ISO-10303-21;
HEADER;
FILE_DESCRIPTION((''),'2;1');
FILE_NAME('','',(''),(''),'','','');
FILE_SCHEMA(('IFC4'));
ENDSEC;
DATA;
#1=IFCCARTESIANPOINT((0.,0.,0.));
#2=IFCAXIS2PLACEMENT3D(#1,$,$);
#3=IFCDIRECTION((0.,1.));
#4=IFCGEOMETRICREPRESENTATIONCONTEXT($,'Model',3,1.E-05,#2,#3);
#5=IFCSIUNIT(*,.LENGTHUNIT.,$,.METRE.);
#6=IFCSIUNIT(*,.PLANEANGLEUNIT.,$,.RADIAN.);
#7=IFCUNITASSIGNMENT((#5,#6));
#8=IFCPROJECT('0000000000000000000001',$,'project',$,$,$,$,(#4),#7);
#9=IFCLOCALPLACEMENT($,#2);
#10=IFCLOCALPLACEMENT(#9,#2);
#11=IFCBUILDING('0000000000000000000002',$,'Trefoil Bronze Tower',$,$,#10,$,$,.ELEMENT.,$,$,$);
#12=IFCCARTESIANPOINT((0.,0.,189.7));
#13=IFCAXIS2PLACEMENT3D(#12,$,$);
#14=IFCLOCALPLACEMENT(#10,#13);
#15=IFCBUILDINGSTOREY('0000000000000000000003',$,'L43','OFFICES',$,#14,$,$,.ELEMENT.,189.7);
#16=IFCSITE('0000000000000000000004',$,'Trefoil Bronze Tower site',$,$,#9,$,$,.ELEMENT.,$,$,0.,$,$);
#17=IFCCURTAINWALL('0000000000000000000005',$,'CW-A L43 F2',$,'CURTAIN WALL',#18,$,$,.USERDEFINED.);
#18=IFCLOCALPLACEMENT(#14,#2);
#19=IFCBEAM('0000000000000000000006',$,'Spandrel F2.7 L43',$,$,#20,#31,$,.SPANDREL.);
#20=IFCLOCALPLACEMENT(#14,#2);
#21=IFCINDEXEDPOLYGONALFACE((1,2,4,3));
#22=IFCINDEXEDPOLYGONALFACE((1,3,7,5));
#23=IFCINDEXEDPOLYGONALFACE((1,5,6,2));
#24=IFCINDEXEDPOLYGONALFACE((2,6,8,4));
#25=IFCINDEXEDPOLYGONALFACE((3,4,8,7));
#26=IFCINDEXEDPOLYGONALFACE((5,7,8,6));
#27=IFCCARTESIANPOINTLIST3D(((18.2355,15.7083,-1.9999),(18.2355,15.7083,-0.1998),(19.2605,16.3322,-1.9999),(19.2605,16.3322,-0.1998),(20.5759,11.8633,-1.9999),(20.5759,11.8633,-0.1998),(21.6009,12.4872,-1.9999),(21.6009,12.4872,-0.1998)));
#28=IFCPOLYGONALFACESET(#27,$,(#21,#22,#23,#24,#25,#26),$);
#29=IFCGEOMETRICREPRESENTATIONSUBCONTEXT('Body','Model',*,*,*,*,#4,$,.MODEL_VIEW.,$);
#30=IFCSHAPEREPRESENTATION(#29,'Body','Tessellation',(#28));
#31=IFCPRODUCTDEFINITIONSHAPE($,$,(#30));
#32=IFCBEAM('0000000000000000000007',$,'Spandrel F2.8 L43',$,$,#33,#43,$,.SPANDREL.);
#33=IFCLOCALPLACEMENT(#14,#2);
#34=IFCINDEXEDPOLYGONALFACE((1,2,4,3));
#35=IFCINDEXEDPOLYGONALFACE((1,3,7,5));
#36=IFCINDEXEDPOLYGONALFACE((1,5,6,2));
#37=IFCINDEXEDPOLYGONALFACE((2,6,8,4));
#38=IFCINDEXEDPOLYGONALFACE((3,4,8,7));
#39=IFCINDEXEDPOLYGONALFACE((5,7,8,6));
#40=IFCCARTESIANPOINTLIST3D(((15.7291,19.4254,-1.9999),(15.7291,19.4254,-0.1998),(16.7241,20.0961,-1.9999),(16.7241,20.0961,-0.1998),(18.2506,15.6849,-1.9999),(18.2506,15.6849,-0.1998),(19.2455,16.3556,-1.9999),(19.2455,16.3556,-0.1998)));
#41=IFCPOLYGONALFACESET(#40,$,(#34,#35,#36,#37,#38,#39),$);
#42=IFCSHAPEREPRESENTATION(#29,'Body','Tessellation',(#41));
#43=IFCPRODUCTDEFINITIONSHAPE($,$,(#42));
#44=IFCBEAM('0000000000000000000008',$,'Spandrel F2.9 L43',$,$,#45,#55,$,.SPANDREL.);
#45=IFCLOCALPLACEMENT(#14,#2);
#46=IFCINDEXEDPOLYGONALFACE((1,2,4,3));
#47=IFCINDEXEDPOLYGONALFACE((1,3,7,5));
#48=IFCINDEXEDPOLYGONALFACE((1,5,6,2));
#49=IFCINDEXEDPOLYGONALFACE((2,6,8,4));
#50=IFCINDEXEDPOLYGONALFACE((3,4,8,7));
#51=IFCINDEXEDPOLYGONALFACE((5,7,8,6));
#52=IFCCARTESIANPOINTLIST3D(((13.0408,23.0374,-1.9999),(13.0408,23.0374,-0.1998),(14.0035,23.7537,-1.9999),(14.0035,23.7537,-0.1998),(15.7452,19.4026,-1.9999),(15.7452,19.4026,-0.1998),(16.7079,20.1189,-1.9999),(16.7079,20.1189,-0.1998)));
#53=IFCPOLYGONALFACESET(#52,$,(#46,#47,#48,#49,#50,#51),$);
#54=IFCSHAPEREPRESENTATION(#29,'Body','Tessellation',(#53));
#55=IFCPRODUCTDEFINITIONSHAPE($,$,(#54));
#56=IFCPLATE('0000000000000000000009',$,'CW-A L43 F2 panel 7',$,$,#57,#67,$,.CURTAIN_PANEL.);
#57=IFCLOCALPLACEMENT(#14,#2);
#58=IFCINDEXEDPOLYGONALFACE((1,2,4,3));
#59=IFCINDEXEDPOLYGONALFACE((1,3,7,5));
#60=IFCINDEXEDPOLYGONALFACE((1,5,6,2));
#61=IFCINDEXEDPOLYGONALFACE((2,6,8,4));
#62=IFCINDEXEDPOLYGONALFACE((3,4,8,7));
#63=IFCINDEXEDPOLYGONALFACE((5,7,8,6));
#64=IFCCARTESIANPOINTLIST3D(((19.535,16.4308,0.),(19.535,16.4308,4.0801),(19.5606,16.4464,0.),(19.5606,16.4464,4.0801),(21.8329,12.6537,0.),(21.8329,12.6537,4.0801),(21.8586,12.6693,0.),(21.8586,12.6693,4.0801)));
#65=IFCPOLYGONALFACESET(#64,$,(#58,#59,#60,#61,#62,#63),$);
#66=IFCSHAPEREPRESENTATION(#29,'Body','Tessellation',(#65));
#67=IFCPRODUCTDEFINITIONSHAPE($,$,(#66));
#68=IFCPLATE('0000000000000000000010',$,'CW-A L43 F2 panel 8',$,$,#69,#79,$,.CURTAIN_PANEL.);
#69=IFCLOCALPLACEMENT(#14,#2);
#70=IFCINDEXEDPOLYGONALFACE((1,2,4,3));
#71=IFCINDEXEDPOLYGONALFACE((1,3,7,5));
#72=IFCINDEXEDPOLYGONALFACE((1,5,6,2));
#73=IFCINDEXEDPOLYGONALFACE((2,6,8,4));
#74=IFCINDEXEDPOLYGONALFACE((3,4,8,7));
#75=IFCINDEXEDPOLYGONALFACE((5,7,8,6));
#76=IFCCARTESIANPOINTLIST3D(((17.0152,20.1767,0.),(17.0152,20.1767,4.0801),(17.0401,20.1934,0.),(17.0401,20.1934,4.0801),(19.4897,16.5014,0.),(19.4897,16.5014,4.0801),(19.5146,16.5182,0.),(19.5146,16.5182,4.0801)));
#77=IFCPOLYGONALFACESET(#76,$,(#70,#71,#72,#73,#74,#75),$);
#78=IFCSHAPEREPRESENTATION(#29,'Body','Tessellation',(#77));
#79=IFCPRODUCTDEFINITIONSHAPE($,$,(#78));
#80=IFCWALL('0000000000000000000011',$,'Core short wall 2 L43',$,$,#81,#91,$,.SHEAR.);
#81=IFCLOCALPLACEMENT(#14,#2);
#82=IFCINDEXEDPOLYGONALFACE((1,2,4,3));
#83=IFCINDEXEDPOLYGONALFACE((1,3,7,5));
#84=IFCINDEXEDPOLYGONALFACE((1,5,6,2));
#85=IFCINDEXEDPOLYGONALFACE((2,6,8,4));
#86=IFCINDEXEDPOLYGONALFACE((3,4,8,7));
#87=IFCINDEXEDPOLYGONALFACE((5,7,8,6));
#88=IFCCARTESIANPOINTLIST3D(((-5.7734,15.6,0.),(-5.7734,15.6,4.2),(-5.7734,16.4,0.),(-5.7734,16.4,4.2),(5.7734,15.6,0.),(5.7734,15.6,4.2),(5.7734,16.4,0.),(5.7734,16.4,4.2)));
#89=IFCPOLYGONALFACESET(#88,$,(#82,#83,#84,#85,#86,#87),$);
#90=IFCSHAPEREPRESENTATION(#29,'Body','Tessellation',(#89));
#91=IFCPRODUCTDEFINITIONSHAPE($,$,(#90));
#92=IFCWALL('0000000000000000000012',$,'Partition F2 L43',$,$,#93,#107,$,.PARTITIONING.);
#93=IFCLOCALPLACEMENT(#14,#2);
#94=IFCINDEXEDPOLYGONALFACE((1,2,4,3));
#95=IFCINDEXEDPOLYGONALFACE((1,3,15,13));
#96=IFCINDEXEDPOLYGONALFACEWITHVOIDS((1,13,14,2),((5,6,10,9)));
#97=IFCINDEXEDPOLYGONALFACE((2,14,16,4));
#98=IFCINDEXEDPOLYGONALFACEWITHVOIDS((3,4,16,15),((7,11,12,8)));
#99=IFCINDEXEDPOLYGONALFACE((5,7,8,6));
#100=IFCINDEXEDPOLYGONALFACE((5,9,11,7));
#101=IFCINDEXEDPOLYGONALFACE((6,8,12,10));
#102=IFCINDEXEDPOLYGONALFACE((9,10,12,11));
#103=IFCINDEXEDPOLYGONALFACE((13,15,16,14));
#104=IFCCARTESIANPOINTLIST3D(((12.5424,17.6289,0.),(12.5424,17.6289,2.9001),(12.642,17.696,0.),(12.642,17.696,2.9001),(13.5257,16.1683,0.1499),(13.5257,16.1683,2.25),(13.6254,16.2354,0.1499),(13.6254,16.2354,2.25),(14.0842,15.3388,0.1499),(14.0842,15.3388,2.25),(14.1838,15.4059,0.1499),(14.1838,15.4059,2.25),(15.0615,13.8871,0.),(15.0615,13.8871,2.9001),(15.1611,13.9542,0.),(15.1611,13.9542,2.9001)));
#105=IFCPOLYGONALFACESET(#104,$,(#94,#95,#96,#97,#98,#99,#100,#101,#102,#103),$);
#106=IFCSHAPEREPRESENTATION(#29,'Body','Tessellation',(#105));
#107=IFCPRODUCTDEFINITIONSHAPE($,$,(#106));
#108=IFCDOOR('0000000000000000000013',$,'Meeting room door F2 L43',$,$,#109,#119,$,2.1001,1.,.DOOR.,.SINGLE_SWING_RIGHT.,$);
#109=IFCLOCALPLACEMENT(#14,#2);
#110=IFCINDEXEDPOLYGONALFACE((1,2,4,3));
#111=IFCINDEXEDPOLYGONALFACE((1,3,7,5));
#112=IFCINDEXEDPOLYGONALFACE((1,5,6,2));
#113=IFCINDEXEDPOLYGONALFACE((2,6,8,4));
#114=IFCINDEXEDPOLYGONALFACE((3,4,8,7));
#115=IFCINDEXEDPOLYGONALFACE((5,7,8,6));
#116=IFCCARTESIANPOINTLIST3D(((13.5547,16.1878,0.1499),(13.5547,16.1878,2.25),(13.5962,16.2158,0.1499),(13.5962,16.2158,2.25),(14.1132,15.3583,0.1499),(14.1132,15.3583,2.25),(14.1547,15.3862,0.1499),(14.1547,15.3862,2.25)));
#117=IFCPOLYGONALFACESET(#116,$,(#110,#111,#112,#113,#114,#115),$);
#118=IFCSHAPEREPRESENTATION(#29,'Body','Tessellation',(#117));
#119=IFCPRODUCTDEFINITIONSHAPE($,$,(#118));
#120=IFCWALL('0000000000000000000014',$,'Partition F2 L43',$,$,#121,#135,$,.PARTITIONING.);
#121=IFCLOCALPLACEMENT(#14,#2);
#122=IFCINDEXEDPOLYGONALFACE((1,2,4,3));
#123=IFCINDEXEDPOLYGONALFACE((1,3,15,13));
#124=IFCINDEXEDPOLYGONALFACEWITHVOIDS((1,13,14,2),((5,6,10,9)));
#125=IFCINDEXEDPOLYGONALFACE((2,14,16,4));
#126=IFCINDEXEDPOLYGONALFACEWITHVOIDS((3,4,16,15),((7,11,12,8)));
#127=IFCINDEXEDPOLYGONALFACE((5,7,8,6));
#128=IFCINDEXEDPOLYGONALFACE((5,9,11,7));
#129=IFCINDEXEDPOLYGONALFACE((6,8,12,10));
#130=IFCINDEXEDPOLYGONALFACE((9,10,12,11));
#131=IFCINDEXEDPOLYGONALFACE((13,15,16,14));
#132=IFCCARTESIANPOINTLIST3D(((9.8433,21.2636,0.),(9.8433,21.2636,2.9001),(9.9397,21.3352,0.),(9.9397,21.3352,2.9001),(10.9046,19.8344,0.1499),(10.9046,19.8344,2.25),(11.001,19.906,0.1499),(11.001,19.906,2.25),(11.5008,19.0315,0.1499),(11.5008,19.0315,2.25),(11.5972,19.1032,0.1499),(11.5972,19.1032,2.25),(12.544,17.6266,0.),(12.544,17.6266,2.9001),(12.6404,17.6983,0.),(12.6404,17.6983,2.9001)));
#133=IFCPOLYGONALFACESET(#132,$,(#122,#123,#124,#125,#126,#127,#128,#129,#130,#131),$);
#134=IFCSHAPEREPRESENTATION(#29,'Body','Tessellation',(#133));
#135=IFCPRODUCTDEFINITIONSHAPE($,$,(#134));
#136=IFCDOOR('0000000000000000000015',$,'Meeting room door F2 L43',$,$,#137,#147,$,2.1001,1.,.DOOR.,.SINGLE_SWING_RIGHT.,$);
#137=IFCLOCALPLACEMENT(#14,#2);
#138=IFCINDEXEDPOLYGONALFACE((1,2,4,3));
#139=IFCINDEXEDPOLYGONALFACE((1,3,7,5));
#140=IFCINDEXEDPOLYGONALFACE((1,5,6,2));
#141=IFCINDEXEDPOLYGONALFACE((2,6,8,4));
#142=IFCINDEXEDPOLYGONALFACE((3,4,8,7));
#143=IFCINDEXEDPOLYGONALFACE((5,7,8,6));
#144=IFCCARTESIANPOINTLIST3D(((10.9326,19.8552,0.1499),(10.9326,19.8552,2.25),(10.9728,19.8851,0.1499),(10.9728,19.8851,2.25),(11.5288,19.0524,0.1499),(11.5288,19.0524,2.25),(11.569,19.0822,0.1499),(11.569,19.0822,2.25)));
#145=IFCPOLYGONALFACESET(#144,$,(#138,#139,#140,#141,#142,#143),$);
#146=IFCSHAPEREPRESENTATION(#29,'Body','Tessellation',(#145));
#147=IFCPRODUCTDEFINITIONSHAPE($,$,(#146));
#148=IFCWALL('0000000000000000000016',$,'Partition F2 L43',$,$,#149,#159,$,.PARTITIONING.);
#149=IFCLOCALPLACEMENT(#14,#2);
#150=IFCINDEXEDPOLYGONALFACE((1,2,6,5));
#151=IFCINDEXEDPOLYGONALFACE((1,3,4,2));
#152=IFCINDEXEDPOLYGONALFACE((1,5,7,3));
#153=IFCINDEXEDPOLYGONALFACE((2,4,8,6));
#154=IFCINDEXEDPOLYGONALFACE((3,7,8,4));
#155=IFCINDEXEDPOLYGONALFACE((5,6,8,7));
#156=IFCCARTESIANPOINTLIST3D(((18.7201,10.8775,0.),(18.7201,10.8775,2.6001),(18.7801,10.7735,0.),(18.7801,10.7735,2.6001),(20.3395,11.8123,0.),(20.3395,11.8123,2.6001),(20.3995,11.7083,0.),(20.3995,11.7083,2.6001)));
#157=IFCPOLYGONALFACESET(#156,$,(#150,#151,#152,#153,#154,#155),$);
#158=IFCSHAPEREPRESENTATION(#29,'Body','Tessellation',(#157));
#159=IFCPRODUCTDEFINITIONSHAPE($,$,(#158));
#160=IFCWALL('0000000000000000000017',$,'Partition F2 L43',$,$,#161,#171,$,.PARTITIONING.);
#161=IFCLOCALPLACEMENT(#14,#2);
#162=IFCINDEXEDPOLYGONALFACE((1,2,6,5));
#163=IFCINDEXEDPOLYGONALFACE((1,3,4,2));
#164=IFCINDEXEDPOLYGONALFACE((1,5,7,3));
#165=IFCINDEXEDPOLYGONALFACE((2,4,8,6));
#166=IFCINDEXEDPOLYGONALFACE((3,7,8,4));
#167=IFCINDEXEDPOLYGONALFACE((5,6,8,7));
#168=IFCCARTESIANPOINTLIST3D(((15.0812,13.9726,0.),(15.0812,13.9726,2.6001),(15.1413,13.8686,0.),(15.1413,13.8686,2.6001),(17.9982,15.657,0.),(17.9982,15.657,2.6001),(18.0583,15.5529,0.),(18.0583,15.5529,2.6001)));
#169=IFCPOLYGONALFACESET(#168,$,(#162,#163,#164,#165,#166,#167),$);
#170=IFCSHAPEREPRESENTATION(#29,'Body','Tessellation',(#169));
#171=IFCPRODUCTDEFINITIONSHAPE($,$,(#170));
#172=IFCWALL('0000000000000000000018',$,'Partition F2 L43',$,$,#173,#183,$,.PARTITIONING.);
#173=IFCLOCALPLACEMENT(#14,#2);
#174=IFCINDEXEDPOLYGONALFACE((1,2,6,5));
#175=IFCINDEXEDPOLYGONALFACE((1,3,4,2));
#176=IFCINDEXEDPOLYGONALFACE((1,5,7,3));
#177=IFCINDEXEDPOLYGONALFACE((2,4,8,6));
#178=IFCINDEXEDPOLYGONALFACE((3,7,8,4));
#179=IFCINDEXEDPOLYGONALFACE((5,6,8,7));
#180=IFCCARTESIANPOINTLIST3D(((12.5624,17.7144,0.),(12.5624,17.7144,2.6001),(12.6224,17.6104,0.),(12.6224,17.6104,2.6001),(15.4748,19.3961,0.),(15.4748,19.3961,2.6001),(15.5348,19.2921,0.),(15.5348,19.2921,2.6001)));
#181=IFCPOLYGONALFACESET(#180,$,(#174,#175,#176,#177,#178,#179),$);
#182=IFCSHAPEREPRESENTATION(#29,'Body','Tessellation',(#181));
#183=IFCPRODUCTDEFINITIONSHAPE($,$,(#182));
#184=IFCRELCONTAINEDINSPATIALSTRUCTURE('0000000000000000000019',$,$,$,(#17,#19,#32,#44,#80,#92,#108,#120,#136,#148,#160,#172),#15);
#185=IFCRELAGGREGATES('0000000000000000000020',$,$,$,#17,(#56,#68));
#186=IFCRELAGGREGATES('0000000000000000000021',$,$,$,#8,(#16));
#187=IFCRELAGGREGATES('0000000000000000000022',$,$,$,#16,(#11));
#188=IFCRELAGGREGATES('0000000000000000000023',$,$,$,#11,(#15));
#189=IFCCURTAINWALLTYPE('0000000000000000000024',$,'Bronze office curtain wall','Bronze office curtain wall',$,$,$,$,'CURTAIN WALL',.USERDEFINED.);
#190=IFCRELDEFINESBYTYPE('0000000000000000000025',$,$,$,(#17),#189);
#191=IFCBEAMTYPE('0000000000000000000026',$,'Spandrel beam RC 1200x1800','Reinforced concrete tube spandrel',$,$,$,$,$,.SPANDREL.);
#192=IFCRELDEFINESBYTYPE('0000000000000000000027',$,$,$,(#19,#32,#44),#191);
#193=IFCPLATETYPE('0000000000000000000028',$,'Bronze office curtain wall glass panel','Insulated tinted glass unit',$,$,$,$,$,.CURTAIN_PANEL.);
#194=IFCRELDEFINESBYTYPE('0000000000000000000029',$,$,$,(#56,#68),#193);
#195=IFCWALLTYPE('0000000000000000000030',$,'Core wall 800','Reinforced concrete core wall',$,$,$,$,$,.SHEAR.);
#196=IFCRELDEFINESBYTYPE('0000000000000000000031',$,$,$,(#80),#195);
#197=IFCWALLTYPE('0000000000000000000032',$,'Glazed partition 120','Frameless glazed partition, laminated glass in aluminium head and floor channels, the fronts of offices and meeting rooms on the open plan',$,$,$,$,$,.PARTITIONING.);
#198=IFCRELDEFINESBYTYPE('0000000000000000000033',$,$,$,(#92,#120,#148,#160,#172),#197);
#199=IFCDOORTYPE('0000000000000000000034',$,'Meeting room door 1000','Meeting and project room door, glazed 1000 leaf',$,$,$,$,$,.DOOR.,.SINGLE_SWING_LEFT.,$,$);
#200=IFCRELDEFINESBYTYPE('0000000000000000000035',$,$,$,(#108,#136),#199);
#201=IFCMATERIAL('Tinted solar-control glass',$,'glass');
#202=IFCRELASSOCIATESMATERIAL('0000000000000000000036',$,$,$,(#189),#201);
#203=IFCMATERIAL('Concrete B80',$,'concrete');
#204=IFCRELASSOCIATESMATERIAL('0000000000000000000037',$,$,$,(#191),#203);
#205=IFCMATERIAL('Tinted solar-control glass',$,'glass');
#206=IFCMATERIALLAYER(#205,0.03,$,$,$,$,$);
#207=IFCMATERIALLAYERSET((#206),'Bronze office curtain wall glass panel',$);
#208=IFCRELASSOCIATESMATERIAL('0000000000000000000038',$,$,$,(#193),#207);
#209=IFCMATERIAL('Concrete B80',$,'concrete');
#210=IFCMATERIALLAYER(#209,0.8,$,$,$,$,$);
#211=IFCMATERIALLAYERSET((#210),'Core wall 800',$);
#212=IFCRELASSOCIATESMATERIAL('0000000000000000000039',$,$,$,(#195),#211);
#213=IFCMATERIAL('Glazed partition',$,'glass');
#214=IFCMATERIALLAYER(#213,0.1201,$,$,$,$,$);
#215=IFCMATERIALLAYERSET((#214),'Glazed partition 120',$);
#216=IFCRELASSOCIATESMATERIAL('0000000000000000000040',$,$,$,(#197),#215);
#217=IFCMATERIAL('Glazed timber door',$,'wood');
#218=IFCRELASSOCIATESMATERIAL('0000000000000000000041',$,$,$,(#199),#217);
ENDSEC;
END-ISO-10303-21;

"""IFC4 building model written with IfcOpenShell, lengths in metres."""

from ifc_helpers import new_model, si_unit, direction, frame, frame_2d, origin, origin_2d, place, context, subcontext, project, spatial, rectangle, extrude, material, layer, layer_set, material_profile, profile_set, type_object, element, fill, aggregate, save


model = new_model("IFC4")

# Units and contexts
model_context = context("Model", 3, precision=1e-05, world=origin(), true_north=direction((0.0, 1.0)))
body_context = subcontext(model_context, "Body", "Model", "MODEL_VIEW")
ifc_project = project(units=[si_unit("LENGTHUNIT", "METRE"), si_unit("PLANEANGLEUNIT", "RADIAN")], contexts=[model_context])

# Site, building, storey
site_placement = place(None, origin())
site = spatial("IfcSite", under=ifc_project, at=site_placement, Name="Trefoil Bronze Tower site", CompositionType="ELEMENT", RefElevation=0.0)
building_placement = place(site_placement, origin())
building = spatial("IfcBuilding", under=site, at=building_placement, Name="Trefoil Bronze Tower", CompositionType="ELEMENT")
storey_placement = place(building_placement, frame((0.0, 0.0, 189.7)))
storey = spatial("IfcBuildingStorey", under=building, at=storey_placement, Name="L43", Description="OFFICES", CompositionType="ELEMENT", Elevation=189.7)

# Curtain wall
ifc_material_1 = material(Name="Tinted solar-control glass", Category="glass")
curtain_wall_type = type_object("IfcCurtainWallType", Name="Bronze office curtain wall", Description="Bronze office curtain wall", ElementType="CURTAIN WALL", PredefinedType="USERDEFINED", material=ifc_material_1)
curtain_wall_placement = place(storey_placement, origin())
curtain_wall = element("IfcCurtainWall", 1, at=curtain_wall_placement, inside=storey, type_object=curtain_wall_type, Name="CW-A L43 F2", ObjectType="CURTAIN WALL", PredefinedType="USERDEFINED")

# Beams
ifc_material_2 = material(Name="Concrete B80", Category="concrete")
ifc_material_profile_1 = material_profile(ifc_material_2, rectangle(XDim=1.2, YDim=1.8, at=origin_2d()), Name="RC 1200x1800")
ifc_profile_set_1 = profile_set([ifc_material_profile_1], Name="Concrete B80")
beam_type_1 = type_object("IfcBeamType", Name="Spandrel beam RC 1200x1800", Description="Reinforced concrete tube spandrel", PredefinedType="SPANDREL", material=ifc_profile_set_1)
beam_1_placement = place(storey_placement, frame((21.0884, 12.1753, -1.0999), z_axis=(-0.519933, 0.854207, 0.0), x_axis=(-0.854207, -0.519933, 0.0)))
element("IfcBeam", 2, at=beam_1_placement, inside=storey, type_object=beam_type_1, Name="Spandrel F2.7 L43", PredefinedType="SPANDREL", context=body_context, shape_type="SweptSolid", body=[
    extrude(rectangle(XDim=1.2, YDim=1.8, at=origin_2d()), origin(), (0.0, 0.0, 1.0), 4.5012),
])
beam_2_placement = place(storey_placement, frame((18.748, 16.0203, -1.0999), z_axis=(-0.558964, 0.829192, 0.0), x_axis=(-0.829192, -0.558964, 0.0)))
element("IfcBeam", 3, at=beam_2_placement, inside=storey, type_object=beam_type_1, Name="Spandrel F2.8 L43", PredefinedType="SPANDREL", context=body_context, shape_type="SweptSolid", body=[
    extrude(rectangle(XDim=1.2, YDim=1.8, at=origin_2d()), origin(), (0.0, 0.0, 1.0), 4.511),
])
beam_3_placement = place(storey_placement, frame((16.2266, 19.7607, -1.0999), z_axis=(-0.596926, 0.802296, 0.0), x_axis=(-0.802296, -0.596926, 0.0)))
element("IfcBeam", 4, at=beam_3_placement, inside=storey, type_object=beam_type_1, Name="Spandrel F2.9 L43", PredefinedType="SPANDREL", context=body_context, shape_type="SweptSolid", body=[
    extrude(rectangle(XDim=1.2, YDim=1.8, at=origin_2d()), origin(), (0.0, 0.0, 1.0), 4.5305),
])

# Plates
ifc_material_3 = material(Name="Tinted solar-control glass", Category="glass")
ifc_layer_1 = layer(ifc_material_3, 0.03)
ifc_layer_set_1 = layer_set([ifc_layer_1], Name="Bronze office curtain wall glass panel")
plate_type = type_object("IfcPlateType", Name="Bronze office curtain wall glass panel", Description="Insulated tinted glass unit", PredefinedType="CURTAIN_PANEL", material=ifc_layer_set_1)
plate_1_placement = place(storey_placement, frame((20.6968, 14.55, 0.0), z_axis=(0.0, 0.0, 1.0), x_axis=(-0.519762, 0.854311, 0.0)))
plate_1 = element("IfcPlate", 5, at=plate_1_placement, type_object=plate_type, Name="CW-A L43 F2 panel 7", PredefinedType="CURTAIN_PANEL", context=body_context, shape_type="SweptSolid", body=[
    extrude(rectangle(XDim=4.4211, YDim=0.03, at=origin_2d()), origin(), (0.0, 0.0, 1.0), 4.0801),
])
plate_2_placement = place(storey_placement, frame((18.2649, 18.3474, 0.0), z_axis=(0.0, 0.0, 1.0), x_axis=(-0.558493, 0.829509, 0.0)))
plate_2 = element("IfcPlate", 6, at=plate_2_placement, type_object=plate_type, Name="CW-A L43 F2 panel 8", PredefinedType="CURTAIN_PANEL", context=body_context, shape_type="SweptSolid", body=[
    extrude(rectangle(XDim=4.4307, YDim=0.03, at=origin_2d()), origin(), (0.0, 0.0, 1.0), 4.0801),
])
aggregate(curtain_wall, [plate_1, plate_2])

# Wall
ifc_material_4 = material(Name="Concrete B80", Category="concrete")
ifc_layer_2 = layer(ifc_material_4, 0.8)
ifc_layer_set_2 = layer_set([ifc_layer_2], Name="Core wall 800")
wall_type_1 = type_object("IfcWallType", Name="Core wall 800", Description="Reinforced concrete core wall", PredefinedType="SHEAR", material=ifc_layer_set_2)
wall_1_placement = place(storey_placement, frame((5.7734, 16.0, 0.0), z_axis=(0.0, 0.0, 1.0), x_axis=(-1.0, 0.0, 0.0)))
element("IfcWall", 7, at=wall_1_placement, inside=storey, type_object=wall_type_1, Name="Core short wall 2 L43", PredefinedType="SHEAR", context=body_context, shape_type="SweptSolid", body=[
    extrude(rectangle(XDim=11.5469, YDim=0.8, at=frame_2d((5.7734, 0.0))), origin(), (0.0, 0.0, 1.0), 4.2),
])

# Walls, openings, doors
ifc_material_5 = material(Name="Glazed partition", Category="glass")
ifc_layer_3 = layer(ifc_material_5, 0.1201)
ifc_layer_set_3 = layer_set([ifc_layer_3], Name="Glazed partition 120")
wall_type_2 = type_object("IfcWallType", Name="Glazed partition 120", Description="Frameless glazed partition, laminated glass in aluminium head and floor channels, the fronts of offices and meeting rooms on the open plan", PredefinedType="PARTITIONING", material=ifc_layer_set_3)
wall_2_placement = place(storey_placement, frame((15.1113, 13.9207, 0.0), z_axis=(0.0, 0.0, 1.0), x_axis=(-0.558467, 0.829527, 0.0)))
wall_2 = element("IfcWall", 8, at=wall_2_placement, inside=storey, type_object=wall_type_2, Name="Partition F2 L43", PredefinedType="PARTITIONING", context=body_context, shape_type="SweptSolid", body=[
    extrude(rectangle(XDim=4.5107, YDim=0.1201, at=frame_2d((2.2554, 0.0))), origin(), (0.0, 0.0, 1.0), 2.9001),
])
opening_1_placement = place(wall_2_placement, frame((1.75, 0.0, 0.1499)))
opening_1 = element("IfcOpeningElement", 9, at=opening_1_placement, cuts=wall_2, PredefinedType="OPENING", context=body_context, shape_type="SweptSolid", body=[
    extrude(rectangle(XDim=1.0, YDim=2.1001, at=frame_2d((0.5, 1.05))), frame((0.0, 0.0701, 0.0), z_axis=(0.0, -1.0, 0.0), x_axis=(1.0, 0.0, 0.0)), (0.0, 0.0, 1.0), 0.1401),
])
ifc_material_6 = material(Name="Glazed timber door", Category="wood")
door_type = type_object("IfcDoorType", Name="Meeting room door 1000", Description="Meeting and project room door, glazed 1000 leaf", OperationType="SINGLE_SWING_LEFT", PredefinedType="DOOR", material=ifc_material_6)
door_1_placement = place(opening_1_placement, frame((1.0, 0.0, 0.0), z_axis=(0.0, 0.0, 1.0), x_axis=(-1.0, 0.0, 0.0)))
door_1 = element("IfcDoor", 10, at=door_1_placement, inside=storey, type_object=door_type, Name="Meeting room door F2 L43", OperationType="SINGLE_SWING_RIGHT", OverallHeight=2.1001, OverallWidth=1.0, PredefinedType="DOOR", context=body_context, shape_type="SweptSolid", body=[
    extrude(rectangle(XDim=1.0, YDim=2.1001, at=frame_2d((0.5, 1.05))), frame((0.0, 0.0249, 0.0), z_axis=(0.0, -1.0, 0.0), x_axis=(1.0, 0.0, 0.0)), (0.0, 0.0, 1.0), 0.05),
])
fill(opening_1, door_1)
wall_3_placement = place(storey_placement, frame((12.5923, 17.6624, 0.0), z_axis=(0.0, 0.0, 1.0), x_axis=(-0.596173, 0.802856, 0.0)))
wall_3 = element("IfcWall", 11, at=wall_3_placement, inside=storey, type_object=wall_type_2, Name="Partition F2 L43", PredefinedType="PARTITIONING", context=body_context, shape_type="SweptSolid", body=[
    extrude(rectangle(XDim=4.53, YDim=0.1201, at=frame_2d((2.2651, 0.0))), origin(), (0.0, 0.0, 1.0), 2.9001),
])
opening_2_placement = place(wall_3_placement, frame((1.75, 0.0, 0.1499)))
opening_2 = element("IfcOpeningElement", 12, at=opening_2_placement, cuts=wall_3, PredefinedType="OPENING", context=body_context, shape_type="SweptSolid", body=[
    extrude(rectangle(XDim=1.0, YDim=2.1001, at=frame_2d((0.5, 1.05))), frame((0.0, 0.0701, 0.0), z_axis=(0.0, -1.0, 0.0), x_axis=(1.0, 0.0, 0.0)), (0.0, 0.0, 1.0), 0.1401),
])
door_2_placement = place(opening_2_placement, frame((1.0, 0.0, 0.0), z_axis=(0.0, 0.0, 1.0), x_axis=(-1.0, 0.0, 0.0)))
door_2 = element("IfcDoor", 13, at=door_2_placement, inside=storey, type_object=door_type, Name="Meeting room door F2 L43", OperationType="SINGLE_SWING_RIGHT", OverallHeight=2.1001, OverallWidth=1.0, PredefinedType="DOOR", context=body_context, shape_type="SweptSolid", body=[
    extrude(rectangle(XDim=1.0, YDim=2.1001, at=frame_2d((0.5, 1.05))), frame((0.0, 0.0249, 0.0), z_axis=(0.0, -1.0, 0.0), x_axis=(1.0, 0.0, 0.0)), (0.0, 0.0, 1.0), 0.05),
])
fill(opening_2, door_2)

# Walls
wall_4_placement = place(storey_placement, frame((18.75, 10.8254, 0.0), z_axis=(0.0, 0.0, 1.0), x_axis=(0.866057, 0.499945, 0.0)))
element("IfcWall", 14, at=wall_4_placement, inside=storey, type_object=wall_type_2, Name="Partition F2 L43", PredefinedType="PARTITIONING", context=body_context, shape_type="SweptSolid", body=[
    extrude(rectangle(XDim=1.8699, YDim=0.1201, at=frame_2d((0.9351, 0.0))), origin(), (0.0, 0.0, 1.0), 2.6001),
])
wall_5_placement = place(storey_placement, frame((15.1113, 13.9207, 0.0), z_axis=(0.0, 0.0, 1.0), x_axis=(0.866, 0.500045, 0.0)))
element("IfcWall", 15, at=wall_5_placement, inside=storey, type_object=wall_type_2, Name="Partition F2 L43", PredefinedType="PARTITIONING", context=body_context, shape_type="SweptSolid", body=[
    extrude(rectangle(XDim=3.3684, YDim=0.1201, at=frame_2d((1.6841, 0.0))), origin(), (0.0, 0.0, 1.0), 2.6001),
])
wall_6_placement = place(storey_placement, frame((12.5923, 17.6624, 0.0), z_axis=(0.0, 0.0, 1.0), x_axis=(0.866001, 0.500043, 0.0)))
element("IfcWall", 16, at=wall_6_placement, inside=storey, type_object=wall_type_2, Name="Partition F2 L43", PredefinedType="PARTITIONING", context=body_context, shape_type="SweptSolid", body=[
    extrude(rectangle(XDim=3.363, YDim=0.1201, at=frame_2d((1.6816, 0.0))), origin(), (0.0, 0.0, 1.0), 2.6001),
])

save(model, "model.ifc")
